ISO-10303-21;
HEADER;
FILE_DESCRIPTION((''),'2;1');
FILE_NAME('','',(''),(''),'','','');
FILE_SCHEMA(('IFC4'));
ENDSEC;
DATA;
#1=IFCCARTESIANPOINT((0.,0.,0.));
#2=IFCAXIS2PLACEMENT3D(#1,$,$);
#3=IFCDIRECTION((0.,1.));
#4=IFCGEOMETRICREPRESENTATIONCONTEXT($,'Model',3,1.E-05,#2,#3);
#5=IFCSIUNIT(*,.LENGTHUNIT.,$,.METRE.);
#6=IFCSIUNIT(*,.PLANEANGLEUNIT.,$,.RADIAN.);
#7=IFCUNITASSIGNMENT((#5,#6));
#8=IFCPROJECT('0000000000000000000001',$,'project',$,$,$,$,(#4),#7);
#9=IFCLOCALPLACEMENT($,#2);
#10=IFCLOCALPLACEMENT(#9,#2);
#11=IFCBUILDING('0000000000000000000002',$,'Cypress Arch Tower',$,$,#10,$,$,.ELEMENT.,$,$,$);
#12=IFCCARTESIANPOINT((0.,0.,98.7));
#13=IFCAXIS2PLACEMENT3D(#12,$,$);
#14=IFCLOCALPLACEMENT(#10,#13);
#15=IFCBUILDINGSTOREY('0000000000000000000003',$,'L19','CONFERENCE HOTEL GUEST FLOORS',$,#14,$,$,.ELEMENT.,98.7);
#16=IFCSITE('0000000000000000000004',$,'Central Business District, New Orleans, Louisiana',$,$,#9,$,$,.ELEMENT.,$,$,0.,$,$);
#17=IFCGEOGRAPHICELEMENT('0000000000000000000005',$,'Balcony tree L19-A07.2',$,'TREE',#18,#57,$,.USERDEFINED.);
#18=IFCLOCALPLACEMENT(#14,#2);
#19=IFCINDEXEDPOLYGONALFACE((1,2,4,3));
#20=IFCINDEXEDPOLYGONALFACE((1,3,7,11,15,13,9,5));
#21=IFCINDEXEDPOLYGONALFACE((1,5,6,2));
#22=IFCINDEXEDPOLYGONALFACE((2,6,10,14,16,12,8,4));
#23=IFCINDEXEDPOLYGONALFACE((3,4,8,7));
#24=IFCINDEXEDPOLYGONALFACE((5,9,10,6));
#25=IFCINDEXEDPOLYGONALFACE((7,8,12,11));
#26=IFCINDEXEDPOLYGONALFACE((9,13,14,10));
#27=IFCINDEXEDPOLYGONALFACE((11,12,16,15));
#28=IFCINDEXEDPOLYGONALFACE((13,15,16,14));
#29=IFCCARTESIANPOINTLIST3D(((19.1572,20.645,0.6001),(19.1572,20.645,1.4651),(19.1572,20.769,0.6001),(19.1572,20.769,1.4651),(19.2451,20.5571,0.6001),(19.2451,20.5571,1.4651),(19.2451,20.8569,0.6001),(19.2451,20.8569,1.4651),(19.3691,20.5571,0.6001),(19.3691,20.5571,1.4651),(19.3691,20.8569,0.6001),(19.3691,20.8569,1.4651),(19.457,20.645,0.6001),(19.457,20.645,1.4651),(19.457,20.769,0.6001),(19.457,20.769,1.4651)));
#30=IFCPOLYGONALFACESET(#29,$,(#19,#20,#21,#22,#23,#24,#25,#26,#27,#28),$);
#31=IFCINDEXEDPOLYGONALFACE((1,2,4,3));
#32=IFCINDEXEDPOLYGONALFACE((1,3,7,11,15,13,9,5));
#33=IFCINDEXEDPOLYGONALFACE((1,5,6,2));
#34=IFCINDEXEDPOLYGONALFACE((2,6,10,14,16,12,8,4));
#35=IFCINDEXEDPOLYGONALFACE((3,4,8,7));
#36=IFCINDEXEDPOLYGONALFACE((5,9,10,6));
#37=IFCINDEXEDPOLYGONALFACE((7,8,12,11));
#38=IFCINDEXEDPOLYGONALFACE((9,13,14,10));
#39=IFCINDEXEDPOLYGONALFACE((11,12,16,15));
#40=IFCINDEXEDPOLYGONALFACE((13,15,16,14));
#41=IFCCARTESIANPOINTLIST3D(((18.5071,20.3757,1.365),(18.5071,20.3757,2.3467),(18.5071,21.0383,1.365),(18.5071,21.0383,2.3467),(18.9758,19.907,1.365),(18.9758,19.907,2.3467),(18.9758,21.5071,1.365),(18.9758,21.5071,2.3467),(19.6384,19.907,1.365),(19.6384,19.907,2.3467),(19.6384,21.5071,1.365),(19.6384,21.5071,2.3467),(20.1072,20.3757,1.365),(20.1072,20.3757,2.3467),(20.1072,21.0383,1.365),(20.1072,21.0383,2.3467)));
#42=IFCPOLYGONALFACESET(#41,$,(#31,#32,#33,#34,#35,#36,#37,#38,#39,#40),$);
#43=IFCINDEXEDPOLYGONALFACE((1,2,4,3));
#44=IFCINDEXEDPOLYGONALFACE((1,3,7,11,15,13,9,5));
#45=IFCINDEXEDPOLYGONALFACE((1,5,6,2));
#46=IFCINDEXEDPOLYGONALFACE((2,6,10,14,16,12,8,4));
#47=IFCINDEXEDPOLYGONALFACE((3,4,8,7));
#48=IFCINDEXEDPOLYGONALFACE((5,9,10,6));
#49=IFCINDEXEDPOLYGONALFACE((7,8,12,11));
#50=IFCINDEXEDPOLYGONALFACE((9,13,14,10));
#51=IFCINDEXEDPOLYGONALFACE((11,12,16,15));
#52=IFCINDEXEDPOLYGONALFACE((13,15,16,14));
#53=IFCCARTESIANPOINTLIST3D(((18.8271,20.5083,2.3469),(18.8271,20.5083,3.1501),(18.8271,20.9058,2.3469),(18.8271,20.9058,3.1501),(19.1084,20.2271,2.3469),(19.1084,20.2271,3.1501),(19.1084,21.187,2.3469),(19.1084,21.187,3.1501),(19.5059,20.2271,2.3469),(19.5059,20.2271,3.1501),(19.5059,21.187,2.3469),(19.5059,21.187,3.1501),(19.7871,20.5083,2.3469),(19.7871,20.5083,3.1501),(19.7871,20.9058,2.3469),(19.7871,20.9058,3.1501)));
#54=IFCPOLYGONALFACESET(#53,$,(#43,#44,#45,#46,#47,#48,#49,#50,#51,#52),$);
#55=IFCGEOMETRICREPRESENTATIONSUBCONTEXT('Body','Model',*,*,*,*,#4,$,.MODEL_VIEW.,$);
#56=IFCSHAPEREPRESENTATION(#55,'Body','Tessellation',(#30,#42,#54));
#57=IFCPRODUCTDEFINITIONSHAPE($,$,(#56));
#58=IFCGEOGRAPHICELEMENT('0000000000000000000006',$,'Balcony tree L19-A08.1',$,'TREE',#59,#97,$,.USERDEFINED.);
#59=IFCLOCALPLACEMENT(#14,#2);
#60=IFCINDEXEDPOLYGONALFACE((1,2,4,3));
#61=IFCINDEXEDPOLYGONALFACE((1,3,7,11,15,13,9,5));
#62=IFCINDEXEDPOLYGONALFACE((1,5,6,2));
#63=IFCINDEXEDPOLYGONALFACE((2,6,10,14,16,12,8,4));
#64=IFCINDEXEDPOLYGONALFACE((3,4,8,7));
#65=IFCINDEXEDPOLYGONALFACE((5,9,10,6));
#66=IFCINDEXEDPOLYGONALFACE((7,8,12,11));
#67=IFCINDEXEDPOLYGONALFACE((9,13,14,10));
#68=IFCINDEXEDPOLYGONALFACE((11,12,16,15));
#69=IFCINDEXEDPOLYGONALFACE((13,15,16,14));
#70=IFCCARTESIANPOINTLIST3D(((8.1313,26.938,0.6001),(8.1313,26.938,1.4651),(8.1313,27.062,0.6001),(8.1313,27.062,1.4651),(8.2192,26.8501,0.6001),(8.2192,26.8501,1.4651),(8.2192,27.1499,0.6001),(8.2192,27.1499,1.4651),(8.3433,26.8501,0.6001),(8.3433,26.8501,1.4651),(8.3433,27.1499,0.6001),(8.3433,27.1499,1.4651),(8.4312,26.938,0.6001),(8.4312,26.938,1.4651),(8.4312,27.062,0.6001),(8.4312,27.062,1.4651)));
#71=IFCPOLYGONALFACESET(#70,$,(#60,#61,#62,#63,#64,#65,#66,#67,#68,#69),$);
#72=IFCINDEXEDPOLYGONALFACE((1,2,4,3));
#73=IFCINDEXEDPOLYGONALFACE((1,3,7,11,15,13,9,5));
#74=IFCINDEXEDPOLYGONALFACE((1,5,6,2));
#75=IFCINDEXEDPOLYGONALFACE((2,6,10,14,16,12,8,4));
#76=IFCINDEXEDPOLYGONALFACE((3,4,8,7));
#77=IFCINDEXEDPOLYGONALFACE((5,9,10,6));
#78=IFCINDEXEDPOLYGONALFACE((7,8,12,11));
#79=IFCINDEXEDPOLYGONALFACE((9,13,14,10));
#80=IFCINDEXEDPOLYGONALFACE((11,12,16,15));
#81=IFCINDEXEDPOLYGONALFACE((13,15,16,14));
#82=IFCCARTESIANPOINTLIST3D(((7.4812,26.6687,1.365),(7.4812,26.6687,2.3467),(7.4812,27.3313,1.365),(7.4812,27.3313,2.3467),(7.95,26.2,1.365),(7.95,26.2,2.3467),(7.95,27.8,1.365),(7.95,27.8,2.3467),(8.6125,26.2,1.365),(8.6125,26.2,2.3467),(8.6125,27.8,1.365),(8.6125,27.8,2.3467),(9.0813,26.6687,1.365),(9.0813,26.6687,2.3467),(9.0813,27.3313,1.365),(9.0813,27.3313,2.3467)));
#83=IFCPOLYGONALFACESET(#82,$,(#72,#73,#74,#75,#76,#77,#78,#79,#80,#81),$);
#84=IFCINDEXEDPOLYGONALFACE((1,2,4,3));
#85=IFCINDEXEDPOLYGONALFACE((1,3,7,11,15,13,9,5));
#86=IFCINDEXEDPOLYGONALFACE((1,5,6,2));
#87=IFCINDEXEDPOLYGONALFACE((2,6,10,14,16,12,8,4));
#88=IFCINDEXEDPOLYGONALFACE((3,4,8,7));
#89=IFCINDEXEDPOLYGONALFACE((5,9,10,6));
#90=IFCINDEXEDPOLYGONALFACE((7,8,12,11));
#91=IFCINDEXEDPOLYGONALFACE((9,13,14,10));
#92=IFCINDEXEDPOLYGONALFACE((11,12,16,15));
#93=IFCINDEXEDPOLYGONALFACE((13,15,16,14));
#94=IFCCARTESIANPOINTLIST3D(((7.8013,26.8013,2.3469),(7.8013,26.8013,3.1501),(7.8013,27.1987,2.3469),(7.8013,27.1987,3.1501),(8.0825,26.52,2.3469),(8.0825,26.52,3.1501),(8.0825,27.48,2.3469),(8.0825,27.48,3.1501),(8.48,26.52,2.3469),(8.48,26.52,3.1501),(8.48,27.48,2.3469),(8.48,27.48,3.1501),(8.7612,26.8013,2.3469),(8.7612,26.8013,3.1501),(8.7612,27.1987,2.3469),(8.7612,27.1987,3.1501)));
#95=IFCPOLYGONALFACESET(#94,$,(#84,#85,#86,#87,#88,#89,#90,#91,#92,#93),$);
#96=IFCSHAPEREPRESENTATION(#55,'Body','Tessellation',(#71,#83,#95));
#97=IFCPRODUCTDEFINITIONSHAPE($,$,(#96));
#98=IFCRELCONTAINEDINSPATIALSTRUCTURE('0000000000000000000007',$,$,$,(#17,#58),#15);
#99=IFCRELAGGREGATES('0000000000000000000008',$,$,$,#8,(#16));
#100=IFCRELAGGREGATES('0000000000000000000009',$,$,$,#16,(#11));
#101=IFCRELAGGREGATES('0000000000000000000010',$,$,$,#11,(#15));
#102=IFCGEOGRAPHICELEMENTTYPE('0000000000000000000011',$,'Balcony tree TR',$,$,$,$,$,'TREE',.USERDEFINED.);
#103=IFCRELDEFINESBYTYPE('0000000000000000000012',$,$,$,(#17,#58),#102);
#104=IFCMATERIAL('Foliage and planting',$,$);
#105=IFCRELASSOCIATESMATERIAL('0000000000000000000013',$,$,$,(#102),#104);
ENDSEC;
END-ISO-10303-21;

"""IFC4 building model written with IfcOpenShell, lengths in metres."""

from ifc_helpers import new_model, si_unit, direction, frame, origin, place, context, subcontext, project, spatial, polyline, outline, extrude, material, type_object, element, save


model = new_model("IFC4")

# Units and contexts
model_context = context("Model", 3, precision=1e-05, world=origin(), true_north=direction((0.0, 1.0)))
body_context = subcontext(model_context, "Body", "Model", "MODEL_VIEW")
ifc_project = project(units=[si_unit("LENGTHUNIT", "METRE"), si_unit("PLANEANGLEUNIT", "RADIAN")], contexts=[model_context])

# Site, building, storey
site_placement = place(None, origin())
site = spatial("IfcSite", under=ifc_project, at=site_placement, Name="Central Business District, New Orleans, Louisiana", CompositionType="ELEMENT", RefElevation=0.0)
building_placement = place(site_placement, origin())
building = spatial("IfcBuilding", under=site, at=building_placement, Name="Cypress Arch Tower", CompositionType="ELEMENT")
storey_placement = place(building_placement, frame((0.0, 0.0, 98.7)))
storey = spatial("IfcBuildingStorey", under=building, at=storey_placement, Name="L19", Description="CONFERENCE HOTEL GUEST FLOORS", CompositionType="ELEMENT", Elevation=98.7)

# Geographic elements
ifc_material_1 = material(Name="Foliage and planting")
geographic_element_type = type_object("IfcGeographicElementType", Name="Balcony tree TR", ElementType="TREE", PredefinedType="USERDEFINED", material=ifc_material_1)
for number, where, z_axis, x_axis, name in (
    (1, (19.3071, 20.707, 0.6001), (0.0, 0.0, 1.0), (1.0, 0.0, 0.0), "Balcony tree L19-A07.2"),
    (2, (8.2812, 27.0, 0.6001), (0.0, 0.0, 1.0), (1.0, 0.0, 0.0), "Balcony tree L19-A08.1"),
):
    element("IfcGeographicElement", number, at=place(storey_placement, frame(where, z_axis=z_axis, x_axis=x_axis)), inside=storey, type_object=geographic_element_type, Name=name, ObjectType="TREE", PredefinedType="USERDEFINED", context=body_context, shape_type="SweptSolid", body=[
        extrude(outline(polyline([(0.1499, 0.062), (0.062, 0.1499), (-0.062, 0.1499), (-0.1499, 0.062), (-0.1499, -0.062), (-0.062, -0.1499), (0.062, -0.1499), (0.1499, -0.062), (0.1499, 0.062)])), origin(), (0.0, 0.0, 1.0), 0.865),
        extrude(outline(polyline([(0.8, 0.3313), (0.3313, 0.8), (-0.3313, 0.8), (-0.8, 0.3313), (-0.8, -0.3313), (-0.3313, -0.8), (0.3313, -0.8), (0.8, -0.3313), (0.8, 0.3313)])), frame((0.0, 0.0, 0.7649)), (0.0, 0.0, 1.0), 0.9817),
        extrude(outline(polyline([(0.48, 0.1987), (0.1987, 0.48), (-0.1987, 0.48), (-0.48, 0.1987), (-0.48, -0.1987), (-0.1987, -0.48), (0.1987, -0.48), (0.48, -0.1987), (0.48, 0.1987)])), frame((0.0, 0.0, 1.7468)), (0.0, 0.0, 1.0), 0.8032),
    ])

save(model, "model.ifc")
